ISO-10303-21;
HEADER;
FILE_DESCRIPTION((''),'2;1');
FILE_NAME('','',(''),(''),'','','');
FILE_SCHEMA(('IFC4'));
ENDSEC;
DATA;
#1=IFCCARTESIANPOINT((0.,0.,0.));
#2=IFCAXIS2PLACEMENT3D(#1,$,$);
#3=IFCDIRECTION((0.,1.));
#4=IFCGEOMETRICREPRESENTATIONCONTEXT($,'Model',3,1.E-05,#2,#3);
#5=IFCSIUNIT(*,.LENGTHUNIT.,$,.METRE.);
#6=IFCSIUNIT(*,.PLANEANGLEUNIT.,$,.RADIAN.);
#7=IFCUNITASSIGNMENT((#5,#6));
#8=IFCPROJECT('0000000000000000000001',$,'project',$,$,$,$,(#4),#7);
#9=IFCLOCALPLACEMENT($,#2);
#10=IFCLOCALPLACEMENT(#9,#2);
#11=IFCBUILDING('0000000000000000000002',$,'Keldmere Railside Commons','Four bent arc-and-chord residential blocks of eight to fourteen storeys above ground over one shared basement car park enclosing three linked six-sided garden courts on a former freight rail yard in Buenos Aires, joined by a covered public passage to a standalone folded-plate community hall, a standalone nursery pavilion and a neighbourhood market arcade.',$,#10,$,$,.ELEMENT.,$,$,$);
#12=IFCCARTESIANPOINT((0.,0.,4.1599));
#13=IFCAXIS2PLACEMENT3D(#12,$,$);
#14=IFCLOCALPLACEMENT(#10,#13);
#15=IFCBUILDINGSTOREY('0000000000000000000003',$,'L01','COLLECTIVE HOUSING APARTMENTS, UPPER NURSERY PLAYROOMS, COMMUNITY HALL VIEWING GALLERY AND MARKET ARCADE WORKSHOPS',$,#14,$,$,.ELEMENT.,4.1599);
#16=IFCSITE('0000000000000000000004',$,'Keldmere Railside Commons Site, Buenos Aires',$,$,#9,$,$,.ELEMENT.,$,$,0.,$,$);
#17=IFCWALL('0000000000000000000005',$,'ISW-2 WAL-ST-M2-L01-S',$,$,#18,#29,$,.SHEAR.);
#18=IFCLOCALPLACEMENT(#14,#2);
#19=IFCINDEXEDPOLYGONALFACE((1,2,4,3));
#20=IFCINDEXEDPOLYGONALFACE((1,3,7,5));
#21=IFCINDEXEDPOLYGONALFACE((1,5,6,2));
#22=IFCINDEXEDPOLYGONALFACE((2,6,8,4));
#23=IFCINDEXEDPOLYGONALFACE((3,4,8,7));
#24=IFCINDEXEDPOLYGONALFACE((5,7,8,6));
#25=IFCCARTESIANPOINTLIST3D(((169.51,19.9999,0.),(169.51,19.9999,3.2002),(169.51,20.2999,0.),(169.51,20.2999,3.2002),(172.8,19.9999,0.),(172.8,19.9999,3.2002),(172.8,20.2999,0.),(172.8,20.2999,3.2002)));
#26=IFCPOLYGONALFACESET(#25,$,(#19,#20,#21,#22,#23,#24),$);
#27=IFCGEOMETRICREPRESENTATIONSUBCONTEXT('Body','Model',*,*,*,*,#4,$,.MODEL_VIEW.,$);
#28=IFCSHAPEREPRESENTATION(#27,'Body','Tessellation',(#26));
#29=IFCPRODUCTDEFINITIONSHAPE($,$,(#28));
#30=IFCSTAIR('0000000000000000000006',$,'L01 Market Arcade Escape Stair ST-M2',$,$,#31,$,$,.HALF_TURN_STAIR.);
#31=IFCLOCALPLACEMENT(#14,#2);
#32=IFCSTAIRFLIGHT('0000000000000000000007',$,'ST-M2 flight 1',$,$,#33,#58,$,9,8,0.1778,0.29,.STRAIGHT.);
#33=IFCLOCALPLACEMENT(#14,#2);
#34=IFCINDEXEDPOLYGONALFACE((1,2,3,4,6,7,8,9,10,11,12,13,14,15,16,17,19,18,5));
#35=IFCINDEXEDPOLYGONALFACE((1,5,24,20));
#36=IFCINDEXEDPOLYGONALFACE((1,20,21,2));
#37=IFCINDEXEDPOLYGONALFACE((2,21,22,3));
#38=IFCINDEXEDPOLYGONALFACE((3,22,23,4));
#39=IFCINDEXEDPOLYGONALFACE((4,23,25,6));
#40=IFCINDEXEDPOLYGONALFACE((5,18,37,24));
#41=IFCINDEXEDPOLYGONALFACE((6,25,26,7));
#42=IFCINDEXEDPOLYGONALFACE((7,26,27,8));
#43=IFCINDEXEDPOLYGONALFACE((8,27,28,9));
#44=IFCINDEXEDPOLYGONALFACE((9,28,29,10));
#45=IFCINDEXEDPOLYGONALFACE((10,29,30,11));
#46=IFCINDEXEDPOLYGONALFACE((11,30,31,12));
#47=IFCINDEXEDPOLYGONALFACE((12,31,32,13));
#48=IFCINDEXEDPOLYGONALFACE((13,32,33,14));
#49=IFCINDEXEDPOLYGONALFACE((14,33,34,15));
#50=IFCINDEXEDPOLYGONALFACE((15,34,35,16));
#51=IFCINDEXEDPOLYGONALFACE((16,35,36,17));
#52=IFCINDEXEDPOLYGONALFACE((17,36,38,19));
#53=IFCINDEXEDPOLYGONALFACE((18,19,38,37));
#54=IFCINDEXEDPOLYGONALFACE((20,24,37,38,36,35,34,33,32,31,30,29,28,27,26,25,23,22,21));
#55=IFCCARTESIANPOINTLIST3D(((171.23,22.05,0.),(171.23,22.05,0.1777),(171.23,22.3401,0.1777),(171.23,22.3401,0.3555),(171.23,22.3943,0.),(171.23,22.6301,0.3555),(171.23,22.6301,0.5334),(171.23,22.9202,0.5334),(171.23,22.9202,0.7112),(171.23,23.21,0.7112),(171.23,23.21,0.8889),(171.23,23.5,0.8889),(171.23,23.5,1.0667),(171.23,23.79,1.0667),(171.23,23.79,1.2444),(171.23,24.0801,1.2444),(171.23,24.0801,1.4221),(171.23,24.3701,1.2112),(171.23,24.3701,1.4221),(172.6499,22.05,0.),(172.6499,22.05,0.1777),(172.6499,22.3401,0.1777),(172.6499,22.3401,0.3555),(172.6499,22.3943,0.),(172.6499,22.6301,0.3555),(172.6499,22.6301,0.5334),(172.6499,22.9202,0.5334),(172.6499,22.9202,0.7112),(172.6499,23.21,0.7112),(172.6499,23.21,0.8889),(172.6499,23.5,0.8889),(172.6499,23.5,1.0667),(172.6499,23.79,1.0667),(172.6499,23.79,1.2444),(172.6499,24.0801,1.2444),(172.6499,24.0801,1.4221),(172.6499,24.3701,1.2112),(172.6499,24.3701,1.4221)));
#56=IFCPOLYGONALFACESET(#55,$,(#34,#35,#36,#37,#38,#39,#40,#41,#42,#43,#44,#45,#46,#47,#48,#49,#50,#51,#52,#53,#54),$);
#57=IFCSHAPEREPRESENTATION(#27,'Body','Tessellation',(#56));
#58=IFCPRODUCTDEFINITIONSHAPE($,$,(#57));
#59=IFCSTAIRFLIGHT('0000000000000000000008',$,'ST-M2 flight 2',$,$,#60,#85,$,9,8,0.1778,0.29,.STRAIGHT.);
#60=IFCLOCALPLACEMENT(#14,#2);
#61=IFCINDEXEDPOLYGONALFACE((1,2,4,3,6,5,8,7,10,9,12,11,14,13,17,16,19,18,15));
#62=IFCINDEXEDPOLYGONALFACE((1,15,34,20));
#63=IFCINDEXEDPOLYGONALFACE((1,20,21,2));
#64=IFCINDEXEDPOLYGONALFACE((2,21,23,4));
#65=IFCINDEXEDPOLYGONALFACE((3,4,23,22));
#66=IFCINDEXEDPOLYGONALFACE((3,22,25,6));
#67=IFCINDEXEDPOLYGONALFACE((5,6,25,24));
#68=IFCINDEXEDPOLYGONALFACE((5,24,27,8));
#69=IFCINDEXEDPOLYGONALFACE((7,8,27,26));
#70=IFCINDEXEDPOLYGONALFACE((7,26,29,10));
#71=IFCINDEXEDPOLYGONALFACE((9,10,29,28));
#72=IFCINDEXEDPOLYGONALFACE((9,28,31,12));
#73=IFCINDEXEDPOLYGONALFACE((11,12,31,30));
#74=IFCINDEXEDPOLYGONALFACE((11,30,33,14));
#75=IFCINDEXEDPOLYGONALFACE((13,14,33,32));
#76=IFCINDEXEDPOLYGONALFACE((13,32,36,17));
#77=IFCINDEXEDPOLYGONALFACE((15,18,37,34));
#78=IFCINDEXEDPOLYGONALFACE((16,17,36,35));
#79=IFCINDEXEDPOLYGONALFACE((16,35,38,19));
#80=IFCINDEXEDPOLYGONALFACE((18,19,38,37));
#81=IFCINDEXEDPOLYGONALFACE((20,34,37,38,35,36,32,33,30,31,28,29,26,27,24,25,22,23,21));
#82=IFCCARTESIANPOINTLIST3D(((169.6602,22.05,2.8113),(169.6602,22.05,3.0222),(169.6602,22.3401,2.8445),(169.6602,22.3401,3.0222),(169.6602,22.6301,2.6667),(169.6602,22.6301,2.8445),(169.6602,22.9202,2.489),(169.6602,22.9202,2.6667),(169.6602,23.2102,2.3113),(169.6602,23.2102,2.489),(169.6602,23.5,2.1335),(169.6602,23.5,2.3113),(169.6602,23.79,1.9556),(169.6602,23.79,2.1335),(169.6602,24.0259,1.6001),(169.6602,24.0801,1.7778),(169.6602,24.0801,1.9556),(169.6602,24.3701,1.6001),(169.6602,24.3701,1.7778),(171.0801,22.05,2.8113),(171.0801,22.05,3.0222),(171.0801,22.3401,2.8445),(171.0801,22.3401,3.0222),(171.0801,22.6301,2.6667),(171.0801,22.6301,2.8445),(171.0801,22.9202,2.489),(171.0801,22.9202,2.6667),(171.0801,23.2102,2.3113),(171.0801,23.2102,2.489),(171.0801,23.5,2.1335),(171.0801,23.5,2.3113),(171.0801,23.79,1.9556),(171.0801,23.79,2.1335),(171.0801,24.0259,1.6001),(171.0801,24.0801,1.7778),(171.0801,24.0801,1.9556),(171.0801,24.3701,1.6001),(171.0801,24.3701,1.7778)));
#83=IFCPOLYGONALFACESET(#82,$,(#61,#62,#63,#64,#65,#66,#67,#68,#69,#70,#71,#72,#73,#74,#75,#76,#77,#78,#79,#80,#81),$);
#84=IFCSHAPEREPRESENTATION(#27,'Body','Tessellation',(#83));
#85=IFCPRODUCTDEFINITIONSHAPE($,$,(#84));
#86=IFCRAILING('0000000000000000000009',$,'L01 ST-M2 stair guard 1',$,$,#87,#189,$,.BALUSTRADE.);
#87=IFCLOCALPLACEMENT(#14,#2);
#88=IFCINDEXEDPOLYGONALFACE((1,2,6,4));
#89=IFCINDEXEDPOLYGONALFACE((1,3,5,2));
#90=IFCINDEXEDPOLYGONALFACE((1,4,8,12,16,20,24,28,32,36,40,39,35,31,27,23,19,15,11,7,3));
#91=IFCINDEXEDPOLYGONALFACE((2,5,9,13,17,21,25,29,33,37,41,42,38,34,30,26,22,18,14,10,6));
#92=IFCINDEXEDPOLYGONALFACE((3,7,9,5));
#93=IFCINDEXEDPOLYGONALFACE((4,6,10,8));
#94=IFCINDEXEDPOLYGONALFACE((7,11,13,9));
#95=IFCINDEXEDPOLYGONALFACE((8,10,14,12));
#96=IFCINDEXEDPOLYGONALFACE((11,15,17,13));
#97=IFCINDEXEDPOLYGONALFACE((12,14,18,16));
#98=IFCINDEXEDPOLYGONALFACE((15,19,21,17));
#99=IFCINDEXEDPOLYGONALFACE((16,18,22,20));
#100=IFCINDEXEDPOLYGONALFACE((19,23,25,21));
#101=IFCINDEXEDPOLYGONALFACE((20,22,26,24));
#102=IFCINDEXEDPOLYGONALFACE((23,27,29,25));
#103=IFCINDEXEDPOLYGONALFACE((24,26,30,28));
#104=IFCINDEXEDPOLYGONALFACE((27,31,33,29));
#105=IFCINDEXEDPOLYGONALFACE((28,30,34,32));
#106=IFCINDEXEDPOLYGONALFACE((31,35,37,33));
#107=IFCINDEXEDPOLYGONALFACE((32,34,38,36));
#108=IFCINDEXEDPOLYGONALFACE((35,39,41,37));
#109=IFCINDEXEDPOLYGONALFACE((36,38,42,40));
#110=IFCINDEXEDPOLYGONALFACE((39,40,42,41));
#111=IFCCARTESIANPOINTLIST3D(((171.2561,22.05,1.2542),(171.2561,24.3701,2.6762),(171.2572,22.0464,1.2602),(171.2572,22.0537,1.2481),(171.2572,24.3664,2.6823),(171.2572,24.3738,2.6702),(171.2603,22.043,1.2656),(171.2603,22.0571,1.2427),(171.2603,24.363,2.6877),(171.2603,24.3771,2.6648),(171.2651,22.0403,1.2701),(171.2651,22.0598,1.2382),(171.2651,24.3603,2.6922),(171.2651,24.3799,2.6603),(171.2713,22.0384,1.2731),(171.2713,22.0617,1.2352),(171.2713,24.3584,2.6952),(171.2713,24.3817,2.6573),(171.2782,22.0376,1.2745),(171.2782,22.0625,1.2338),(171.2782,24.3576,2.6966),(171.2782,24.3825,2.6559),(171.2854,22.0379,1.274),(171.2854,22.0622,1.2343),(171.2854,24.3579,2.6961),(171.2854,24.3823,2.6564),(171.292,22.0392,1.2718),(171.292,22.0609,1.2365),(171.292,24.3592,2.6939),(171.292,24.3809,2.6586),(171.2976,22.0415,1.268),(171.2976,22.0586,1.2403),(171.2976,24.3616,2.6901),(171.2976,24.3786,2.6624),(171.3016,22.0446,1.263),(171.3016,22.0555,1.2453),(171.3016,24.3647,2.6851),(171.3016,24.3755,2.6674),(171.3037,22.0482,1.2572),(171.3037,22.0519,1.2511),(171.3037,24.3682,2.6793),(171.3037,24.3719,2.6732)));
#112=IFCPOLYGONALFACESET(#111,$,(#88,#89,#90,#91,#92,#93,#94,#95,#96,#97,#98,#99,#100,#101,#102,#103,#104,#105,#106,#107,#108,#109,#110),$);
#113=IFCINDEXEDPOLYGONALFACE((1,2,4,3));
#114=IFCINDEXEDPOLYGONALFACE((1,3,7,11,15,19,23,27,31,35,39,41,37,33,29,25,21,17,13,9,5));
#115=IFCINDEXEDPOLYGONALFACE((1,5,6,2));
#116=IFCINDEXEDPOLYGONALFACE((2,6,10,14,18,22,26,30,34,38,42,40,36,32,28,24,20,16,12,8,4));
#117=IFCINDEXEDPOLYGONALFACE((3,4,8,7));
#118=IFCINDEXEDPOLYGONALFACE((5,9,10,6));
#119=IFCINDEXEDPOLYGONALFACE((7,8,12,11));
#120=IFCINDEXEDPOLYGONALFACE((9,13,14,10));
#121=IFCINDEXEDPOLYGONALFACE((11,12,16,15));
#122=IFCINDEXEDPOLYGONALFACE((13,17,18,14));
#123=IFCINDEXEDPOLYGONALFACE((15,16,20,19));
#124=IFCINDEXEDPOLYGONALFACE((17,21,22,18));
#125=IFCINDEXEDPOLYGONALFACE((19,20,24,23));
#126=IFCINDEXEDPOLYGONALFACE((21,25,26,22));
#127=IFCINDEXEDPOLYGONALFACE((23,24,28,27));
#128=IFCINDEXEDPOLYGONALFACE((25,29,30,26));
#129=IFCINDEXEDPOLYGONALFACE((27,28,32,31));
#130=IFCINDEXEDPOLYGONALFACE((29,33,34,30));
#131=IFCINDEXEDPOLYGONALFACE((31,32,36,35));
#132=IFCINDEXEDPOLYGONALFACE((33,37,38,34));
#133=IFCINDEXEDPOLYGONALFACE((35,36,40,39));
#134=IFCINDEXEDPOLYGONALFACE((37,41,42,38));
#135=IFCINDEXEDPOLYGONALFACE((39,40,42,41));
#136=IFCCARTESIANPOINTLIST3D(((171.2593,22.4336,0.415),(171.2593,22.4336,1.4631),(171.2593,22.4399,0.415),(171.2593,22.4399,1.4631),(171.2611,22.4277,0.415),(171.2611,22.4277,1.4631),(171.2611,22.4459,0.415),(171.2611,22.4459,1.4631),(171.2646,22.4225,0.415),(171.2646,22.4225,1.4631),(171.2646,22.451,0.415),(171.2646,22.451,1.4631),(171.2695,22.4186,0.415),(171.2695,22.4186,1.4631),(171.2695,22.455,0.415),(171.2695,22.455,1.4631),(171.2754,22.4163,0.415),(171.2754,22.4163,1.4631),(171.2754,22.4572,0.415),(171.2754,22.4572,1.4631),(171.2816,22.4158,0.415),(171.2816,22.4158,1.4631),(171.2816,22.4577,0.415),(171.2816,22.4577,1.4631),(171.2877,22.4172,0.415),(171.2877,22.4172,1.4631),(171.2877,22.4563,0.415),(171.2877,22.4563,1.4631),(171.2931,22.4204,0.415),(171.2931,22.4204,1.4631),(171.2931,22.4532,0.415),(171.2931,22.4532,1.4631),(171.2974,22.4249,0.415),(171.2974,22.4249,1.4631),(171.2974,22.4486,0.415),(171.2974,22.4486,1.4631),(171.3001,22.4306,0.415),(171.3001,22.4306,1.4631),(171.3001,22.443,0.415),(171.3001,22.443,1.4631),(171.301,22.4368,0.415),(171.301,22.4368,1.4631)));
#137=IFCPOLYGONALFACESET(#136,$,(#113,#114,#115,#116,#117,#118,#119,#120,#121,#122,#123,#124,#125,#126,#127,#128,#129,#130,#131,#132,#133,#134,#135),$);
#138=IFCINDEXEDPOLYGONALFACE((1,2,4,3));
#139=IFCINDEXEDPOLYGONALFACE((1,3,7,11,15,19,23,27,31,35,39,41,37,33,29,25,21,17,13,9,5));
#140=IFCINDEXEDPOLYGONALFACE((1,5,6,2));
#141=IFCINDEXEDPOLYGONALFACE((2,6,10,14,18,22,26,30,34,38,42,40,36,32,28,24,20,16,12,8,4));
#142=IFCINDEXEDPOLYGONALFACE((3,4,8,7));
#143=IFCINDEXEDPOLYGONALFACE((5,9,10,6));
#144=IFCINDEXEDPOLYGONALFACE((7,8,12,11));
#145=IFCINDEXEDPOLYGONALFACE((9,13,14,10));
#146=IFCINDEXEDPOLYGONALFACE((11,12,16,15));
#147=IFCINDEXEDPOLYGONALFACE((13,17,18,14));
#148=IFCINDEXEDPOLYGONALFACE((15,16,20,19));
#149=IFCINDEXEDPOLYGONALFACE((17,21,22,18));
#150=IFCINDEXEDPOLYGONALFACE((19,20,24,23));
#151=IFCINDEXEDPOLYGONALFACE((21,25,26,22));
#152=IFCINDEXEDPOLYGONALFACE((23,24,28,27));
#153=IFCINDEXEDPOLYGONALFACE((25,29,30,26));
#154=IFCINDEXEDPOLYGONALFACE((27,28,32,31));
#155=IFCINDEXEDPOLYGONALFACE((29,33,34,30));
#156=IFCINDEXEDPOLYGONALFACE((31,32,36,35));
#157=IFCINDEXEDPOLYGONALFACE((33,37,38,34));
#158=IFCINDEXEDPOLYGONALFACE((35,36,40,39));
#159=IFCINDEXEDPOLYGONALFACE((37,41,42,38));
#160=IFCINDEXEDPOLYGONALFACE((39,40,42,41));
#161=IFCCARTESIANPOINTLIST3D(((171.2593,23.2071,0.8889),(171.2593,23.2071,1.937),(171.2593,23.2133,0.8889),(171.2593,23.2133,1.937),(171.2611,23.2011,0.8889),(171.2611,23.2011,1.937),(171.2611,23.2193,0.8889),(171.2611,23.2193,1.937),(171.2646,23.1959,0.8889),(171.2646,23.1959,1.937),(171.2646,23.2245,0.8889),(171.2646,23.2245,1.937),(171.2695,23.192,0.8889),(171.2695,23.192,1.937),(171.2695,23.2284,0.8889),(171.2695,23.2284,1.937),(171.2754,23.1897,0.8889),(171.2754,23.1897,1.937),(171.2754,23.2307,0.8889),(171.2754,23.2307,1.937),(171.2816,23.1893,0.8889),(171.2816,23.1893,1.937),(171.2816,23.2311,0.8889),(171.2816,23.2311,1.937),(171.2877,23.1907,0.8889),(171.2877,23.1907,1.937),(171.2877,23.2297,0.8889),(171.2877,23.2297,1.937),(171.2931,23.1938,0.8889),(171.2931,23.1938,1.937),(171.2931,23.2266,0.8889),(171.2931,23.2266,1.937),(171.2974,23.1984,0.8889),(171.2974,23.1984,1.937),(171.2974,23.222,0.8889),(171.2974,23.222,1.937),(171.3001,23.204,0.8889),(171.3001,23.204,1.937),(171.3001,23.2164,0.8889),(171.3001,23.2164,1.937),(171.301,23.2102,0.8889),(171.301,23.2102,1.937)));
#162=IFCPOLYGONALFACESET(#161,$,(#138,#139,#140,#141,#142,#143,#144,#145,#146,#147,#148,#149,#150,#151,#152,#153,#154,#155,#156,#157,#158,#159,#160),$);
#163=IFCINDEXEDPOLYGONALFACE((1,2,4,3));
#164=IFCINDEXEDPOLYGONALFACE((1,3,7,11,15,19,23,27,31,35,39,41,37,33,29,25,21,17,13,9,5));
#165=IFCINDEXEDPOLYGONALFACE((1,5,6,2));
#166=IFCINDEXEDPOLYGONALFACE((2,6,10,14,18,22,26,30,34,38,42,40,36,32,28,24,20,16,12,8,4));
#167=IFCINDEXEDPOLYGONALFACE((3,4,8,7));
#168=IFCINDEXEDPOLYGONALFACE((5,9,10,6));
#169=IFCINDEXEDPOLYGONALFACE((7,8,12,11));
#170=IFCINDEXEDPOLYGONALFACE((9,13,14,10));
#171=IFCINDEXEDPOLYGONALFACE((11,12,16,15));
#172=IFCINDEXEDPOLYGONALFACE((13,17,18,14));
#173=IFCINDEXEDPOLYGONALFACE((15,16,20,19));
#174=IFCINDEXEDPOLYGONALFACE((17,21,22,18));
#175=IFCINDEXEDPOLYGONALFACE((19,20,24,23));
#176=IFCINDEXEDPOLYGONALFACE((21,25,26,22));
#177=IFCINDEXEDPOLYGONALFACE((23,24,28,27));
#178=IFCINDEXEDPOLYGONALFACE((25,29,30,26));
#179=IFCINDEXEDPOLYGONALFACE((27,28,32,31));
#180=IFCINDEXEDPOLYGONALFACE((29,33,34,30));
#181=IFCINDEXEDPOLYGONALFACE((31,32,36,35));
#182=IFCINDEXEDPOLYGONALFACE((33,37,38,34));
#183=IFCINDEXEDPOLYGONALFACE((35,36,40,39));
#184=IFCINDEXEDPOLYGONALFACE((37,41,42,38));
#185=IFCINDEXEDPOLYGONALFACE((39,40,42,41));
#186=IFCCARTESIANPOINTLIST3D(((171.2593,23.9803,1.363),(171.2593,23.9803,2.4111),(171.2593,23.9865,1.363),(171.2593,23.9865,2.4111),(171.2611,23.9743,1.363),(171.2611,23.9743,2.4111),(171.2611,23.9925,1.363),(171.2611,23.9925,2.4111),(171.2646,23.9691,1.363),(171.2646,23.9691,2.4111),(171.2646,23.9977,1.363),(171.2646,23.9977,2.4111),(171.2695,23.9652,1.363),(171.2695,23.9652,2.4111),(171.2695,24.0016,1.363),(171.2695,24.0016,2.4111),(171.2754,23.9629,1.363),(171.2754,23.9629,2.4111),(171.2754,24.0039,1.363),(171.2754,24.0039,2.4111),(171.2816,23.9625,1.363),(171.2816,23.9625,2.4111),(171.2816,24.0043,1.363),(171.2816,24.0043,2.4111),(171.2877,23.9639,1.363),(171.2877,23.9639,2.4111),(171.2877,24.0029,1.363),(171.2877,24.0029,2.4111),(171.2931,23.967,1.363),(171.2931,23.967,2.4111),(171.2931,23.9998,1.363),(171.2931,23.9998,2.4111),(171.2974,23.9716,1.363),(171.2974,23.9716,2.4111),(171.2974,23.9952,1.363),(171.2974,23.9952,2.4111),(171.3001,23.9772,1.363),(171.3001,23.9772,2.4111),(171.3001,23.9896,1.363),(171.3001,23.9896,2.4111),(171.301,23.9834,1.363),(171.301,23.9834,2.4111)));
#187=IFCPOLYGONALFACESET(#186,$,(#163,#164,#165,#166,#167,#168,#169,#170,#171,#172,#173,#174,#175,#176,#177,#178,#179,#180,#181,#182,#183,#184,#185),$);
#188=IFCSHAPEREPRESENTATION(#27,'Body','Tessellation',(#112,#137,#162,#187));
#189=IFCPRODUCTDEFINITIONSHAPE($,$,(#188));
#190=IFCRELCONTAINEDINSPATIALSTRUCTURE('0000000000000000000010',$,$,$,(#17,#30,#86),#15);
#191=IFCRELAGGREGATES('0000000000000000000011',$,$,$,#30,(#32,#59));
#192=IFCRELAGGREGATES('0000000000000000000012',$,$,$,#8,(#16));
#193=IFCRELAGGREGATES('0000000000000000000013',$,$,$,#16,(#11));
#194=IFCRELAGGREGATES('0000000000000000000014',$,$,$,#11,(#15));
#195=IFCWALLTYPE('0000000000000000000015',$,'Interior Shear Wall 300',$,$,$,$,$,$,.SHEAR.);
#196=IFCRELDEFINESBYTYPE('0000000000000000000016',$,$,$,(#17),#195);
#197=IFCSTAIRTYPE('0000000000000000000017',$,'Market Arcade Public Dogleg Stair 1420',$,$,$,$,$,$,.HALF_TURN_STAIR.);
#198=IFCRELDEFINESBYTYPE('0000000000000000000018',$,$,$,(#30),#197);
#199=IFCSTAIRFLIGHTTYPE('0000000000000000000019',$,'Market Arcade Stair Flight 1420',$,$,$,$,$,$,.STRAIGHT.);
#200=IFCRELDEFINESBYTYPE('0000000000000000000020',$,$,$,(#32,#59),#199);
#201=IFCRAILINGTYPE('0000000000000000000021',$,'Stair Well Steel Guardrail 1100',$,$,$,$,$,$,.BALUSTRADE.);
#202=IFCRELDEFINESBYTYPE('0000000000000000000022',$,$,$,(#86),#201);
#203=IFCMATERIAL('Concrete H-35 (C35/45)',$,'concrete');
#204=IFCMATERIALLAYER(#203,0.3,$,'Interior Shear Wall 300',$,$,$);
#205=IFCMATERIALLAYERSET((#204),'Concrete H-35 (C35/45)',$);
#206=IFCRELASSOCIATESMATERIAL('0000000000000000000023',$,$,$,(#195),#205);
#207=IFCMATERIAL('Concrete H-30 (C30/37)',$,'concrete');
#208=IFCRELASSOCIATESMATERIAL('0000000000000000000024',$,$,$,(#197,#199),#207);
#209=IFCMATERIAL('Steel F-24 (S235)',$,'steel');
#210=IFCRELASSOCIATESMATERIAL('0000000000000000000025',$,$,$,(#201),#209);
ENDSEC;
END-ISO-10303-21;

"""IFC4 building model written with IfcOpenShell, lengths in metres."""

from ifc_helpers import new_model, si_unit, direction, frame, frame_2d, origin, origin_2d, place, context, subcontext, project, spatial, polyline, rectangle, circle, outline, extrude, material, layer, layer_set, type_object, element, aggregate, save


model = new_model("IFC4")

# Units and contexts
model_context = context("Model", 3, precision=1e-05, world=origin(), true_north=direction((0.0, 1.0)))
body_context = subcontext(model_context, "Body", "Model", "MODEL_VIEW")
ifc_project = project(units=[si_unit("LENGTHUNIT", "METRE"), si_unit("PLANEANGLEUNIT", "RADIAN")], contexts=[model_context])

# Site, building, storey
site_placement = place(None, origin())
site = spatial("IfcSite", under=ifc_project, at=site_placement, Name="Keldmere Railside Commons Site, Buenos Aires", CompositionType="ELEMENT", RefElevation=0.0)
building_placement = place(site_placement, origin())
building = spatial("IfcBuilding", under=site, at=building_placement, Name="Keldmere Railside Commons", Description="Four bent arc-and-chord residential blocks of eight to fourteen storeys above ground over one shared basement car park enclosing three linked six-sided garden courts on a former freight rail yard in Buenos Aires, joined by a covered public passage to a standalone folded-plate community hall, a standalone nursery pavilion and a neighbourhood market arcade.", CompositionType="ELEMENT")
storey_placement = place(building_placement, frame((0.0, 0.0, 4.1599)))
storey = spatial("IfcBuildingStorey", under=building, at=storey_placement, Name="L01", Description="COLLECTIVE HOUSING APARTMENTS, UPPER NURSERY PLAYROOMS, COMMUNITY HALL VIEWING GALLERY AND MARKET ARCADE WORKSHOPS", CompositionType="ELEMENT", Elevation=4.1599)

# Shared definitions
ifc_material_1 = material(Name="Concrete H-35 (C35/45)", Category="concrete")

# Shared definitions
ifc_material_2 = material(Name="Concrete H-30 (C30/37)", Category="concrete")

# Shared definitions
ifc_material_3 = material(Name="Steel F-24 (S235)", Category="steel")

# Wall
ifc_layer_1 = layer(ifc_material_1, 0.3, Name="Interior Shear Wall 300")
ifc_layer_set_1 = layer_set([ifc_layer_1], Name="Concrete H-35 (C35/45)")
wall_type_1 = type_object("IfcWallType", Name="Interior Shear Wall 300", PredefinedType="SHEAR", material=ifc_layer_set_1)
wall_1_placement = place(storey_placement, frame((172.8, 20.1499, 0.0), z_axis=(0.0, 0.0, 1.0), x_axis=(-1.0, 0.0, 0.0)))
element("IfcWall", 1, at=wall_1_placement, inside=storey, type_object=wall_type_1, Name="ISW-2 WAL-ST-M2-L01-S", PredefinedType="SHEAR", context=body_context, shape_type="SweptSolid", body=[
    extrude(rectangle(XDim=3.29, YDim=0.3, at=frame_2d((1.645, 0.0))), origin(), (0.0, 0.0, 1.0), 3.2002),
])

# Stair, stair flights
stair_type = type_object("IfcStairType", Name="Market Arcade Public Dogleg Stair 1420", PredefinedType="HALF_TURN_STAIR", material=ifc_material_2)
stair_placement = place(storey_placement, origin())
stair = element("IfcStair", 2, at=stair_placement, inside=storey, type_object=stair_type, Name="L01 Market Arcade Escape Stair ST-M2", PredefinedType="HALF_TURN_STAIR")
stair_flight_type = type_object("IfcStairFlightType", Name="Market Arcade Stair Flight 1420", PredefinedType="STRAIGHT", material=ifc_material_2)
stair_flight_1_placement = place(storey_placement, frame((171.9399, 22.05, 0.0), z_axis=(0.0, 0.0, 1.0), x_axis=(0.0, 1.0, 0.0)))
stair_flight_1 = element("IfcStairFlight", 3, at=stair_flight_1_placement, type_object=stair_flight_type, Name="ST-M2 flight 1", NumberOfRisers=9, NumberOfTreads=8, PredefinedType="STRAIGHT", RiserHeight=0.1778, TreadLength=0.29, context=body_context, shape_type="SweptSolid", body=[
    extrude(outline(polyline([(0.0, 0.0), (0.0, 0.1777), (0.29, 0.1777), (0.29, 0.3555), (0.5801, 0.3555), (0.5801, 0.5334), (0.8701, 0.5334), (0.8701, 0.7112), (1.1599, 0.7112), (1.1599, 0.8889), (1.45, 0.8889), (1.45, 1.0667), (1.74, 1.0667), (1.74, 1.2444), (2.03, 1.2444), (2.03, 1.4221), (2.3201, 1.4221), (2.3201, 1.6001), (2.3201, 1.2112), (0.3442, 0.0), (0.0, 0.0)])), frame((0.0, 0.71, 0.0), z_axis=(0.0, -1.0, 0.0), x_axis=(1.0, 0.0, 0.0)), (0.0, 0.0, 1.0), 1.4199),
])
stair_flight_2_placement = place(storey_placement, frame((170.3701, 24.3701, 1.6001), z_axis=(0.0, 0.0, 1.0), x_axis=(0.0, -1.0, 0.0)))
stair_flight_2 = element("IfcStairFlight", 4, at=stair_flight_2_placement, type_object=stair_flight_type, Name="ST-M2 flight 2", NumberOfRisers=9, NumberOfTreads=8, PredefinedType="STRAIGHT", RiserHeight=0.1778, TreadLength=0.29, context=body_context, shape_type="SweptSolid", body=[
    extrude(outline(polyline([(0.0, 0.0), (0.0, 0.1777), (0.29, 0.1777), (0.29, 0.3555), (0.5801, 0.3555), (0.5801, 0.5334), (0.8701, 0.5334), (0.8701, 0.7112), (1.1599, 0.7112), (1.1599, 0.8889), (1.45, 0.8889), (1.45, 1.0667), (1.74, 1.0667), (1.74, 1.2444), (2.03, 1.2444), (2.03, 1.4221), (2.3201, 1.4221), (2.3201, 1.6001), (2.3201, 1.2112), (0.3442, 0.0), (0.0, 0.0)])), frame((0.0, 0.71, 0.0), z_axis=(0.0, -1.0, 0.0), x_axis=(1.0, 0.0, 0.0)), (0.0, 0.0, 1.0), 1.4199),
])
aggregate(stair, [stair_flight_1, stair_flight_2])

# Railing
railing_type_1 = type_object("IfcRailingType", Name="Stair Well Steel Guardrail 1100", PredefinedType="BALUSTRADE", material=ifc_material_3)
railing_1_placement = place(storey_placement, frame((171.28, 22.05, 0.178)))
element("IfcRailing", 5, at=railing_1_placement, inside=storey, type_object=railing_type_1, Name="L01 ST-M2 stair guard 1", PredefinedType="BALUSTRADE", context=body_context, shape_type="SweptSolid", body=[
    extrude(circle(Radius=0.0239, at=origin_2d()), frame((0.0, 0.0, 1.0762), z_axis=(0.0, 0.852578, 0.5226), x_axis=(-1.0, 0.0, 0.0)), (0.0, 0.0, 1.0), 2.7212),
    extrude(circle(Radius=0.021, at=origin_2d()), frame((0.0, 0.3867, 0.2371)), (0.0, 0.0, 1.0), 1.0481),
    extrude(circle(Radius=0.021, at=origin_2d()), frame((0.0, 1.1602, 0.7109)), (0.0, 0.0, 1.0), 1.0481),
    extrude(circle(Radius=0.021, at=origin_2d()), frame((0.0, 1.9333, 1.1851)), (0.0, 0.0, 1.0), 1.0481),
])

save(model, "model.ifc")
